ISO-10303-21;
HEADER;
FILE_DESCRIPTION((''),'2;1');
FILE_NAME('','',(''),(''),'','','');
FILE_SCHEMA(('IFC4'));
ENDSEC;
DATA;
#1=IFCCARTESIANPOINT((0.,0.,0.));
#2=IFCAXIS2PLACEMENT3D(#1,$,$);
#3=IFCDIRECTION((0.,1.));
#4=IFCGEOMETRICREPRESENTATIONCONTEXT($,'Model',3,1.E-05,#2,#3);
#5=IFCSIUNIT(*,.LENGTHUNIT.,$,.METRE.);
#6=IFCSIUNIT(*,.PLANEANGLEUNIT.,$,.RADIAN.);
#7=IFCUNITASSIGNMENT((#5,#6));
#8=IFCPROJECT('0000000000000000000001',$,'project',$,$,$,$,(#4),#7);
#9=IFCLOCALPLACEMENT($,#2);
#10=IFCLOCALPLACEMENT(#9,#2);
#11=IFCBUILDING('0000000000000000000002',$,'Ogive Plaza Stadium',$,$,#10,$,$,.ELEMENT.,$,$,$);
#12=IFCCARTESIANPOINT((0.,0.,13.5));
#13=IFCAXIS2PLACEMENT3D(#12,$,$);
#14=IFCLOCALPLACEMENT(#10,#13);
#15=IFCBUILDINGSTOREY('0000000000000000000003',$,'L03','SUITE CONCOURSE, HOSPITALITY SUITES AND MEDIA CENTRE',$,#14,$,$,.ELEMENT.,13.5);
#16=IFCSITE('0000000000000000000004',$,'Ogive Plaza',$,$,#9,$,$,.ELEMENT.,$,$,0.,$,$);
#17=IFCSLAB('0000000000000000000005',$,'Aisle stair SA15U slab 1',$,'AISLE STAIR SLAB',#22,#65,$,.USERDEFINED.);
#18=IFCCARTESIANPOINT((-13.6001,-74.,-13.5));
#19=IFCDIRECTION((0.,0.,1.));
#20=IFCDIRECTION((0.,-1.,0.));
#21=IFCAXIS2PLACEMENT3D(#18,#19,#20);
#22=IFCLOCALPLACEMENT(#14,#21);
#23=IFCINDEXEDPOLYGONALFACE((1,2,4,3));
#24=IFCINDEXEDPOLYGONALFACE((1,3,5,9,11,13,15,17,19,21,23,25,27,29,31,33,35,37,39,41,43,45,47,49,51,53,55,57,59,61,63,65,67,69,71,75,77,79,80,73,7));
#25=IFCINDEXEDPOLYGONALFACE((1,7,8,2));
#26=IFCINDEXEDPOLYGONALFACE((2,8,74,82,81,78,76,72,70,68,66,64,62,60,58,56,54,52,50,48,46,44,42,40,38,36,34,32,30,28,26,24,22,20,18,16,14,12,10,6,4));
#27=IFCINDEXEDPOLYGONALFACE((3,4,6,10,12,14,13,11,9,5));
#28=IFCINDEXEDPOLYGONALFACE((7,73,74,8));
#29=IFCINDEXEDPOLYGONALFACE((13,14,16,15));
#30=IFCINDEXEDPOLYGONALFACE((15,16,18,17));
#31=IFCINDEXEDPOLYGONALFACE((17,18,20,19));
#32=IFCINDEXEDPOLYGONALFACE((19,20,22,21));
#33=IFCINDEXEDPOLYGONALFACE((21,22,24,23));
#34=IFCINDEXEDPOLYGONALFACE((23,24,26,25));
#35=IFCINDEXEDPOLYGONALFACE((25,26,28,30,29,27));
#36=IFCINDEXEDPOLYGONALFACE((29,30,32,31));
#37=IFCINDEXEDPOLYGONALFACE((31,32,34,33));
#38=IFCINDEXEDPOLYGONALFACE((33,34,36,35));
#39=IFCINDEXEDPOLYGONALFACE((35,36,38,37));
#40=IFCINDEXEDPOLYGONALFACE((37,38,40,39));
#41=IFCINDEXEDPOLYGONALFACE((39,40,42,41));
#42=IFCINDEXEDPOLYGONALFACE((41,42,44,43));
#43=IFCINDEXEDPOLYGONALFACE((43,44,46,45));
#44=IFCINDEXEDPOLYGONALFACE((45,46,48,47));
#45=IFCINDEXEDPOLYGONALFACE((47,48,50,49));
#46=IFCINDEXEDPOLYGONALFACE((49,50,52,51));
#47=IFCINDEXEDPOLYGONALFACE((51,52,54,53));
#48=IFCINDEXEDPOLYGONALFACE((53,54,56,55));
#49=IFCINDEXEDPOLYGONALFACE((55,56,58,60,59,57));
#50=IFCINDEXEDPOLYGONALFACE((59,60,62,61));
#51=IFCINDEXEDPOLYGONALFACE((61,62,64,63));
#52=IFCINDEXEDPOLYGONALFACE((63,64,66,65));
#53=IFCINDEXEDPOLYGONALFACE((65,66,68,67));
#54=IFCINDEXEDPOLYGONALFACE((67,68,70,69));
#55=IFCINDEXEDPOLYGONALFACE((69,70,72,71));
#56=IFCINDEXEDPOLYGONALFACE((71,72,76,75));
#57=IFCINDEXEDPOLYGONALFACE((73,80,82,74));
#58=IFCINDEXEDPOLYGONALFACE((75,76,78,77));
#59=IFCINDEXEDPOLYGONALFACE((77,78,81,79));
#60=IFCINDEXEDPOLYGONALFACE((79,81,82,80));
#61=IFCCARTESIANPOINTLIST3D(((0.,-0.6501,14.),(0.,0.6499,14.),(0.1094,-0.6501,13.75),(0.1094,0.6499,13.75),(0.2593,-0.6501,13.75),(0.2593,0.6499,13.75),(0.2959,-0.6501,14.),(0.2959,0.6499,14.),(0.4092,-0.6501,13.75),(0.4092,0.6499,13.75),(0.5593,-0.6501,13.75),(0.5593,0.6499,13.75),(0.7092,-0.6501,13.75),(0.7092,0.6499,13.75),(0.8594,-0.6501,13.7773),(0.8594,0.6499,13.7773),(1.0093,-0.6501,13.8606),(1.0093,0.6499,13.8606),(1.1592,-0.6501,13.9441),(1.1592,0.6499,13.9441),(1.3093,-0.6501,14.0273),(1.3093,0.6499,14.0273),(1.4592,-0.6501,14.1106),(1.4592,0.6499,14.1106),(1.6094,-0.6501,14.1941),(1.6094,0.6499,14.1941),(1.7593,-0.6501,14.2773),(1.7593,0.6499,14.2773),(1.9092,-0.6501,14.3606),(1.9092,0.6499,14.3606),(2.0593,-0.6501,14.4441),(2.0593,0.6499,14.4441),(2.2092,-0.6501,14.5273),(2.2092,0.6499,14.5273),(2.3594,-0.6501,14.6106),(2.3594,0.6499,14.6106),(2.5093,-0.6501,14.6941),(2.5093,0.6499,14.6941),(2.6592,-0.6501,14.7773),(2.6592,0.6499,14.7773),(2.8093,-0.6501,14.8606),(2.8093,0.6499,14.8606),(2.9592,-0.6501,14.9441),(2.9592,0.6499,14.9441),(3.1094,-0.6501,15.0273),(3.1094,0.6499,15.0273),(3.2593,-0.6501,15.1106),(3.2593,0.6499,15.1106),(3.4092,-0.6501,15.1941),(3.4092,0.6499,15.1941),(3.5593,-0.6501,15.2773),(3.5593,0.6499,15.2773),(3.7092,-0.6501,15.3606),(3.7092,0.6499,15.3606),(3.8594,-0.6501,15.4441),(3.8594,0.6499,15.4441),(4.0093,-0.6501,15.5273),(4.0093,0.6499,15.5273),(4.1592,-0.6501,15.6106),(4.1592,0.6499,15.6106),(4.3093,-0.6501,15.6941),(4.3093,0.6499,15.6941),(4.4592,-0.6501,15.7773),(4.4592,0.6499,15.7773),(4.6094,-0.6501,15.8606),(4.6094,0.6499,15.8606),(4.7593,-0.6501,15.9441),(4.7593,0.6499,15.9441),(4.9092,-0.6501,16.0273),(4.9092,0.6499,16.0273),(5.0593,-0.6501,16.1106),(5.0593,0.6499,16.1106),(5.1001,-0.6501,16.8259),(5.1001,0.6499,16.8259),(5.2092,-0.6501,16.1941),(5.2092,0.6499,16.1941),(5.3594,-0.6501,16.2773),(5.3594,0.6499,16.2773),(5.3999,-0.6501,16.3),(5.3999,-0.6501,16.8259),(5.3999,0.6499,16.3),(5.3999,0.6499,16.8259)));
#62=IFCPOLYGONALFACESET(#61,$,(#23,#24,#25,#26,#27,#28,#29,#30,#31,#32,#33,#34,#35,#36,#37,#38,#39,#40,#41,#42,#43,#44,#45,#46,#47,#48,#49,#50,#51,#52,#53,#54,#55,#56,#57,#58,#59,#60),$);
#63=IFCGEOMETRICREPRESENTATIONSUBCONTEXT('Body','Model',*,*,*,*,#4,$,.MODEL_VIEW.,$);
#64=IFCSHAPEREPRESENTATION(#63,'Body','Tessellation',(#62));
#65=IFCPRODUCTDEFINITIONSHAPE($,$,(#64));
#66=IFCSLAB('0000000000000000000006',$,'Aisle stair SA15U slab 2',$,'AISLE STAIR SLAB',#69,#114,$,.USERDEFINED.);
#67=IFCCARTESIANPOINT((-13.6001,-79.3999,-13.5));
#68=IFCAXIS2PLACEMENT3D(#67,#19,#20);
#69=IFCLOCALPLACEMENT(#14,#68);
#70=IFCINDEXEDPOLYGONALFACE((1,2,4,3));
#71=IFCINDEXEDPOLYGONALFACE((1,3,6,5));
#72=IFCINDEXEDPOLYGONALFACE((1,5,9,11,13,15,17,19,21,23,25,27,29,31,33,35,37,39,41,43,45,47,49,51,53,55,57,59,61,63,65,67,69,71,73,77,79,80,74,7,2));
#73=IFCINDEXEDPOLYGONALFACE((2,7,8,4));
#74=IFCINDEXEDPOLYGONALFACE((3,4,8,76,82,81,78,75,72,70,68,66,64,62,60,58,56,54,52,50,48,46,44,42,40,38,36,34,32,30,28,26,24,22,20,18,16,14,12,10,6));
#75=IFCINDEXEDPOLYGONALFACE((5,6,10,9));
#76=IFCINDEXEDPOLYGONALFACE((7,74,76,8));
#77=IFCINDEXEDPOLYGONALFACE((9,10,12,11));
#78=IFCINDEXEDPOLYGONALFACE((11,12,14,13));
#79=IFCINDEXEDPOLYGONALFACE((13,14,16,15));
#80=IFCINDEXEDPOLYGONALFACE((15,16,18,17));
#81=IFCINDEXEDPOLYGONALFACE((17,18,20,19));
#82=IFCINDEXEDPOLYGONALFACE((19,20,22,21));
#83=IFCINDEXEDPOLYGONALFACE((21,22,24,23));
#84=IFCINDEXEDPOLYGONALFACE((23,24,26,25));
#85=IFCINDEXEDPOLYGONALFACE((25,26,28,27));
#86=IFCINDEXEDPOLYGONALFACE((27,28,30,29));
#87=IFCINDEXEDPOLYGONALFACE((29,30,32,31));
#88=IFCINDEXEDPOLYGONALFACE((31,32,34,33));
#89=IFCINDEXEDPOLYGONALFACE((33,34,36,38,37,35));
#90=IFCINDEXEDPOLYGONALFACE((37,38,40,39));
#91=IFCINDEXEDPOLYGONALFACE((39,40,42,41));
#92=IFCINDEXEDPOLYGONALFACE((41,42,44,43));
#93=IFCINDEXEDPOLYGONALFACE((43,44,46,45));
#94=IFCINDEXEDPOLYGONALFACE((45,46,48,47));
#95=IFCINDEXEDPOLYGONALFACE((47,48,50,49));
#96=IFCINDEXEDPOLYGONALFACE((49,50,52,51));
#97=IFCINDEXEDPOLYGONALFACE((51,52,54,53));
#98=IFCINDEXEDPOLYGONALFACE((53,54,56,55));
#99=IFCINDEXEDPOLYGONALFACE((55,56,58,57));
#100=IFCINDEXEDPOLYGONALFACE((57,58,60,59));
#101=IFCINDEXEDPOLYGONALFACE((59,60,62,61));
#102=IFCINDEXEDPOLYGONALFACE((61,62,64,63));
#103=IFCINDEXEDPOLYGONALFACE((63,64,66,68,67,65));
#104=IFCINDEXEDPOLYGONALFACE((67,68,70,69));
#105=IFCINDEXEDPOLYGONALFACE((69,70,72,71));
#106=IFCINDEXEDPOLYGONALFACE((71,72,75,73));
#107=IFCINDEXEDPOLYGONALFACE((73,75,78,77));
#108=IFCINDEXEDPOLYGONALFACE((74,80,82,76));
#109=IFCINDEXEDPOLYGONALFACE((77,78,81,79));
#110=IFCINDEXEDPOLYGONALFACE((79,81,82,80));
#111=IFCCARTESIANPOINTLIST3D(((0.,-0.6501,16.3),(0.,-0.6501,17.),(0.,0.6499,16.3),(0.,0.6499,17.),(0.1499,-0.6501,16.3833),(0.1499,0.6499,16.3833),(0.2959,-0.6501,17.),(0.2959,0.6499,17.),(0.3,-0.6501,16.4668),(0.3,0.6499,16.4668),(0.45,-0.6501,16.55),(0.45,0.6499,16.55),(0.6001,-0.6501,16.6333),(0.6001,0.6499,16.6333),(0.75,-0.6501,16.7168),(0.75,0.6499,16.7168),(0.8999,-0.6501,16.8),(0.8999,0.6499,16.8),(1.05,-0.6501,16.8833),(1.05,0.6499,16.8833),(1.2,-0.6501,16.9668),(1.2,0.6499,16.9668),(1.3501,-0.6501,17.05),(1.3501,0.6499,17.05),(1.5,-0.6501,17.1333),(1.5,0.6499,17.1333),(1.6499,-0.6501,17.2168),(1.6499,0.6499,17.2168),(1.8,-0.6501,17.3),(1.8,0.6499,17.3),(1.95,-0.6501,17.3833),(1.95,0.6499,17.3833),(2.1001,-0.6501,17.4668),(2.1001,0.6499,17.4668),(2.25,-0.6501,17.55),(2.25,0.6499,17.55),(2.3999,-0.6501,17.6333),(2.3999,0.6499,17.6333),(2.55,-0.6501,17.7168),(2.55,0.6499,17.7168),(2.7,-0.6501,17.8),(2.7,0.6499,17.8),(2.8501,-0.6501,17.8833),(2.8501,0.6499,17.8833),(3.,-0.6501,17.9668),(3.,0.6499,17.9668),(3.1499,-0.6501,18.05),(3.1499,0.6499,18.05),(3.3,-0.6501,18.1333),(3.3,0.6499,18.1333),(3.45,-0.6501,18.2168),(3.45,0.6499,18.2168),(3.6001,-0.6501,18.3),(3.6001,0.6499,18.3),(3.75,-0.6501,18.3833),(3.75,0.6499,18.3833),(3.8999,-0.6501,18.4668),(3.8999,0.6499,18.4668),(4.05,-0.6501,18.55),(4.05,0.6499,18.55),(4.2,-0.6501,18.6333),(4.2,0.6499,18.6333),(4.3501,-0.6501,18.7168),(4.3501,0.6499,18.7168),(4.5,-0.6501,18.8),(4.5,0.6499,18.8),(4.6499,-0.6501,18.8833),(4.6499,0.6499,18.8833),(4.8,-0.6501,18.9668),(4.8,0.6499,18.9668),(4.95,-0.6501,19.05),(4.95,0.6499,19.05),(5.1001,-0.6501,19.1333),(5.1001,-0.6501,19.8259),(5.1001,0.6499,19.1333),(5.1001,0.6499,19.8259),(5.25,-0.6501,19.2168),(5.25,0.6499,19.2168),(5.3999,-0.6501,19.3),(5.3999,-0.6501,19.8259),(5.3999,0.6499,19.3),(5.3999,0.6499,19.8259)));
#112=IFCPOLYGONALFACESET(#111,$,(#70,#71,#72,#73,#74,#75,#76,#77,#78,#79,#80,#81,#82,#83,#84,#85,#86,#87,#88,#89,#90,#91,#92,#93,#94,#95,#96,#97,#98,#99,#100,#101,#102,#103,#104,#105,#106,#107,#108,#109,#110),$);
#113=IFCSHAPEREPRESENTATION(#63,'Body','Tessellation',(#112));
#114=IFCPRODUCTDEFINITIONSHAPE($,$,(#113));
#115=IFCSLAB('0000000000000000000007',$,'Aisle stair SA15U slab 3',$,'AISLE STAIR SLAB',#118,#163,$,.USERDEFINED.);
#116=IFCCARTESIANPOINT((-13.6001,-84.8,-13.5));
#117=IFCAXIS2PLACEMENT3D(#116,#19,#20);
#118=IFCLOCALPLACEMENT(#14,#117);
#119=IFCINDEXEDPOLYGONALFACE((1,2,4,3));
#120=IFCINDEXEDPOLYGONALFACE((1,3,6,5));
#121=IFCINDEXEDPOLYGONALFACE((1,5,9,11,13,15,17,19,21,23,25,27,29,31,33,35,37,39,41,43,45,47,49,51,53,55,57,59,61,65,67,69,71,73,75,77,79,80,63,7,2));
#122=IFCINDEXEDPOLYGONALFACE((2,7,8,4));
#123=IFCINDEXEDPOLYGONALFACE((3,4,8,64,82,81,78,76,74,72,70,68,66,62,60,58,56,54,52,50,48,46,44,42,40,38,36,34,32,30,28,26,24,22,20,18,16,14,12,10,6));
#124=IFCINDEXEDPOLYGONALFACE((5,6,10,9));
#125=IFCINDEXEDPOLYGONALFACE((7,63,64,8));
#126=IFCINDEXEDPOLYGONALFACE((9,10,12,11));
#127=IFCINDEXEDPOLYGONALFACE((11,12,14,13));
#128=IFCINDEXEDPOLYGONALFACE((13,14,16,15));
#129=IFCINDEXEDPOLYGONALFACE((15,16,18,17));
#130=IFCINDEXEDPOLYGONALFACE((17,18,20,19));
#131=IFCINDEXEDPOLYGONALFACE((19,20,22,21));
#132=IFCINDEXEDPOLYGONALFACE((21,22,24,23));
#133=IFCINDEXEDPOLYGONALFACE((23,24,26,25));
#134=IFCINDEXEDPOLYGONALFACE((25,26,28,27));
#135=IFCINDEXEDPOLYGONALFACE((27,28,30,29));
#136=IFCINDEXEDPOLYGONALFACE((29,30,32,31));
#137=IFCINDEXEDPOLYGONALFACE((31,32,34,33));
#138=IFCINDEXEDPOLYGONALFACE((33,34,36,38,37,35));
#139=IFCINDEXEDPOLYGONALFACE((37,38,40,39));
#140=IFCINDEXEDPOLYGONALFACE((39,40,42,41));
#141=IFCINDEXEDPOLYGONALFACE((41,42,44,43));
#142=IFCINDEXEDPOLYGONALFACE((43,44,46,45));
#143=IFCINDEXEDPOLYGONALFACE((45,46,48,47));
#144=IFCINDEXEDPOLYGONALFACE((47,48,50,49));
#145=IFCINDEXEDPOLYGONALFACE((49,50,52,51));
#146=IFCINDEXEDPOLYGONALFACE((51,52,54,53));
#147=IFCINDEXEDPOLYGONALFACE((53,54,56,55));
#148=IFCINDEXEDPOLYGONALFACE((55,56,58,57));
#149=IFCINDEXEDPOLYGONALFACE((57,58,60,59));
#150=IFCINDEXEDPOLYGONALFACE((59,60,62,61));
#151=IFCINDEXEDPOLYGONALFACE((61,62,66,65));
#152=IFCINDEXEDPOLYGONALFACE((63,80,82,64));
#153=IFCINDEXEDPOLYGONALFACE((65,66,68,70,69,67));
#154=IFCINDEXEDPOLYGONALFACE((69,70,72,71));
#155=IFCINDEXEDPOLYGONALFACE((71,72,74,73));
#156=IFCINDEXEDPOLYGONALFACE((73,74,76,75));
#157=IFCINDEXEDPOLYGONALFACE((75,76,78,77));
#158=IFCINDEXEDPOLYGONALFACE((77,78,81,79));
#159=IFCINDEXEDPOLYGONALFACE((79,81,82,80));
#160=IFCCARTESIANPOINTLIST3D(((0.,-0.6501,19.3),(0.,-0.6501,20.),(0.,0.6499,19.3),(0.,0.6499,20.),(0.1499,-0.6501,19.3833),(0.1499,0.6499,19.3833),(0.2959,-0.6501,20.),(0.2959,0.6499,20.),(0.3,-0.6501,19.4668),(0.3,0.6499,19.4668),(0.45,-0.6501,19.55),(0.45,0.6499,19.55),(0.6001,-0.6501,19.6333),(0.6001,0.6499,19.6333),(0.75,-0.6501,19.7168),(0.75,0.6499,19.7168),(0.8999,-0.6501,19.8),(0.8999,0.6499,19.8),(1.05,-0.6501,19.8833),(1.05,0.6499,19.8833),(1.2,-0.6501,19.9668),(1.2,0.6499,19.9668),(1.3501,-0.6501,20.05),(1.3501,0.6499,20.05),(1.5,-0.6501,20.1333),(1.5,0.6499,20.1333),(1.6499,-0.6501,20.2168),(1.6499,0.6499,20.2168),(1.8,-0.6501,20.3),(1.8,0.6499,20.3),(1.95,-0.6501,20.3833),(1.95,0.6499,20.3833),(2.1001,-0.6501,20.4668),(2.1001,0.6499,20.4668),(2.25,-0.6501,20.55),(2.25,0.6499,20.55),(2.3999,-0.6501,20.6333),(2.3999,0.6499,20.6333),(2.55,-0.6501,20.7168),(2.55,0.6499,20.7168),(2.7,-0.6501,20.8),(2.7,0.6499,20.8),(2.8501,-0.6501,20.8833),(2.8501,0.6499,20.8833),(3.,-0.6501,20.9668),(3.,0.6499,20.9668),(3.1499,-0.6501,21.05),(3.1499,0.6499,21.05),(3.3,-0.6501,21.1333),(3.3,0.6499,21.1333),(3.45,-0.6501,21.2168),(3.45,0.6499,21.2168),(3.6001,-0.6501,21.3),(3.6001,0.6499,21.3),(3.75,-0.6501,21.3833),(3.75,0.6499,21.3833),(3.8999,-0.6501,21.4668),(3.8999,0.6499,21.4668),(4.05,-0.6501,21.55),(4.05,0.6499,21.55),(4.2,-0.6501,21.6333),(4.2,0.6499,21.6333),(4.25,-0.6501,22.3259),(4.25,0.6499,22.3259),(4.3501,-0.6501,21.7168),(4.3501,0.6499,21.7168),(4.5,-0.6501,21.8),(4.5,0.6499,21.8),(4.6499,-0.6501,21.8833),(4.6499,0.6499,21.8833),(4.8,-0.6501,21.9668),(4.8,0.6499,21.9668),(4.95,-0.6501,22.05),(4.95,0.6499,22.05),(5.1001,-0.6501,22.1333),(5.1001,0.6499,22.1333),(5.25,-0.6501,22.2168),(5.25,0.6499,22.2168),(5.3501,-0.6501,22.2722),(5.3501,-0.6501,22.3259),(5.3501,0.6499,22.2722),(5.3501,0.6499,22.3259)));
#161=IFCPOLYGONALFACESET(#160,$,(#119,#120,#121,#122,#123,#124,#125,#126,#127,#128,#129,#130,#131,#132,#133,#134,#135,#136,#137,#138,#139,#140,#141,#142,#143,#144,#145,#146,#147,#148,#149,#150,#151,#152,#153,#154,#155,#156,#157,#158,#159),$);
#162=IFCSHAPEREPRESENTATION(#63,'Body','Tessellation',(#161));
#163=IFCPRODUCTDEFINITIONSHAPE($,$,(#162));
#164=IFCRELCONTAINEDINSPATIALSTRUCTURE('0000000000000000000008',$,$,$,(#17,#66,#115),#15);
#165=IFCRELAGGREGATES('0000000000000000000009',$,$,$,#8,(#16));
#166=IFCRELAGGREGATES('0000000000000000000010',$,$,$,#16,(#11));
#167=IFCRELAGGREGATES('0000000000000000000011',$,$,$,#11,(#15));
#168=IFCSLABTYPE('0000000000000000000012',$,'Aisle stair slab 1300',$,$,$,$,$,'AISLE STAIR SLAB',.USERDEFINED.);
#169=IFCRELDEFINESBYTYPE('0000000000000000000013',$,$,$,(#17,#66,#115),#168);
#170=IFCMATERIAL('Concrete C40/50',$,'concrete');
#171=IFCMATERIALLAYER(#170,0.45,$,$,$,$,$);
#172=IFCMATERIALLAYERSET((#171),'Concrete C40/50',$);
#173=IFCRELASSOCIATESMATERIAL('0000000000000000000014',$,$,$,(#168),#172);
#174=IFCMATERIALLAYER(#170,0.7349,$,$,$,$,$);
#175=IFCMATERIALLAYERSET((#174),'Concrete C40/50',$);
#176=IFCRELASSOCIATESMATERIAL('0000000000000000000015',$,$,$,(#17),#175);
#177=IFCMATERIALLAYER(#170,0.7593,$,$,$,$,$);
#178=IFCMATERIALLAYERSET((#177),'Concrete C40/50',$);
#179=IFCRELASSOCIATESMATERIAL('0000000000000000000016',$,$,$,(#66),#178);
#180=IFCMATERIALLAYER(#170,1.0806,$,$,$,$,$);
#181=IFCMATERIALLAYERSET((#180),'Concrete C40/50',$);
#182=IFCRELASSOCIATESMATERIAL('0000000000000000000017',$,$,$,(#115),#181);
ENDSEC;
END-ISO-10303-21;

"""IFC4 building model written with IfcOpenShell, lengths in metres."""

from ifc_helpers import new_model, si_unit, direction, frame, origin, place, context, subcontext, project, spatial, polyline, outline, extrude, material, layer, layer_set, type_object, element, save


model = new_model("IFC4")

# Units and contexts
model_context = context("Model", 3, precision=1e-05, world=origin(), true_north=direction((0.0, 1.0)))
body_context = subcontext(model_context, "Body", "Model", "MODEL_VIEW")
ifc_project = project(units=[si_unit("LENGTHUNIT", "METRE"), si_unit("PLANEANGLEUNIT", "RADIAN")], contexts=[model_context])

# Site, building, storey
site_placement = place(None, origin())
site = spatial("IfcSite", under=ifc_project, at=site_placement, Name="Ogive Plaza", CompositionType="ELEMENT", RefElevation=0.0)
building_placement = place(site_placement, origin())
building = spatial("IfcBuilding", under=site, at=building_placement, Name="Ogive Plaza Stadium", CompositionType="ELEMENT")
storey_placement = place(building_placement, frame((0.0, 0.0, 13.5)))
storey = spatial("IfcBuildingStorey", under=building, at=storey_placement, Name="L03", Description="SUITE CONCOURSE, HOSPITALITY SUITES AND MEDIA CENTRE", CompositionType="ELEMENT", Elevation=13.5)

# Slabs
ifc_material_1 = material(Name="Concrete C40/50", Category="concrete")
ifc_layer_1 = layer(ifc_material_1, 0.7349)
ifc_layer_set_1 = layer_set([ifc_layer_1], Name="Concrete C40/50")
ifc_layer_2 = layer(ifc_material_1, 0.45)
ifc_layer_set_2 = layer_set([ifc_layer_2], Name="Concrete C40/50")
slab_type = type_object("IfcSlabType", Name="Aisle stair slab 1300", ElementType="AISLE STAIR SLAB", PredefinedType="USERDEFINED", material=ifc_layer_set_2)
slab_1_placement = place(storey_placement, frame((-13.6001, -74.0, -13.5), z_axis=(0.0, 0.0, 1.0), x_axis=(0.0, -1.0, 0.0)))
element("IfcSlab", 1, at=slab_1_placement, inside=storey, type_object=slab_type, material=ifc_layer_set_1, Name="Aisle stair SA15U slab 1", ObjectType="AISLE STAIR SLAB", PredefinedType="USERDEFINED", context=body_context, shape_type="SweptSolid", body=[
    extrude(outline(polyline([(0.0, 14.0), (0.2959, 14.0), (5.1001, 16.8259), (5.3999, 16.8259), (5.3999, 16.3), (5.3594, 16.2773), (5.2092, 16.1941), (5.0593, 16.1106), (4.9092, 16.0273), (4.7593, 15.9441), (4.6094, 15.8606), (4.4592, 15.7773), (4.3093, 15.6941), (4.1592, 15.6106), (4.0093, 15.5273), (3.8594, 15.4441), (3.7092, 15.3606), (3.5593, 15.2773), (3.4092, 15.1941), (3.2593, 15.1106), (3.1094, 15.0273), (2.9592, 14.9441), (2.8093, 14.8606), (2.6592, 14.7773), (2.5093, 14.6941), (2.3594, 14.6106), (2.2092, 14.5273), (2.0593, 14.4441), (1.9092, 14.3606), (1.7593, 14.2773), (1.6094, 14.1941), (1.4592, 14.1106), (1.3093, 14.0273), (1.1592, 13.9441), (1.0093, 13.8606), (0.8594, 13.7773), (0.7092, 13.75), (0.5593, 13.75), (0.4092, 13.75), (0.2593, 13.75), (0.1094, 13.75), (0.0, 14.0)])), frame((0.0, 0.6499, 0.0), z_axis=(0.0, -1.0, 0.0), x_axis=(1.0, 0.0, 0.0)), (0.0, 0.0, 1.0), 1.3),
])
ifc_layer_3 = layer(ifc_material_1, 0.7593)
ifc_layer_set_3 = layer_set([ifc_layer_3], Name="Concrete C40/50")
slab_2_placement = place(storey_placement, frame((-13.6001, -79.3999, -13.5), z_axis=(0.0, 0.0, 1.0), x_axis=(0.0, -1.0, 0.0)))
element("IfcSlab", 2, at=slab_2_placement, inside=storey, type_object=slab_type, material=ifc_layer_set_3, Name="Aisle stair SA15U slab 2", ObjectType="AISLE STAIR SLAB", PredefinedType="USERDEFINED", context=body_context, shape_type="SweptSolid", body=[
    extrude(outline(polyline([(0.0, 17.0), (0.2959, 17.0), (5.1001, 19.8259), (5.3999, 19.8259), (5.3999, 19.3), (5.25, 19.2168), (5.1001, 19.1333), (4.95, 19.05), (4.8, 18.9668), (4.6499, 18.8833), (4.5, 18.8), (4.3501, 18.7168), (4.2, 18.6333), (4.05, 18.55), (3.8999, 18.4668), (3.75, 18.3833), (3.6001, 18.3), (3.45, 18.2168), (3.3, 18.1333), (3.1499, 18.05), (3.0, 17.9668), (2.8501, 17.8833), (2.7, 17.8), (2.55, 17.7168), (2.3999, 17.6333), (2.25, 17.55), (2.1001, 17.4668), (1.95, 17.3833), (1.8, 17.3), (1.6499, 17.2168), (1.5, 17.1333), (1.3501, 17.05), (1.2, 16.9668), (1.05, 16.8833), (0.8999, 16.8), (0.75, 16.7168), (0.6001, 16.6333), (0.45, 16.55), (0.3, 16.4668), (0.1499, 16.3833), (0.0, 16.3), (0.0, 17.0)])), frame((0.0, 0.6499, 0.0), z_axis=(0.0, -1.0, 0.0), x_axis=(1.0, 0.0, 0.0)), (0.0, 0.0, 1.0), 1.3),
])
ifc_layer_4 = layer(ifc_material_1, 1.0806)
ifc_layer_set_4 = layer_set([ifc_layer_4], Name="Concrete C40/50")
slab_3_placement = place(storey_placement, frame((-13.6001, -84.8, -13.5), z_axis=(0.0, 0.0, 1.0), x_axis=(0.0, -1.0, 0.0)))
element("IfcSlab", 3, at=slab_3_placement, inside=storey, type_object=slab_type, material=ifc_layer_set_4, Name="Aisle stair SA15U slab 3", ObjectType="AISLE STAIR SLAB", PredefinedType="USERDEFINED", context=body_context, shape_type="SweptSolid", body=[
    extrude(outline(polyline([(0.0, 20.0), (0.2959, 20.0), (4.25, 22.3259), (5.3501, 22.3259), (5.3501, 22.2722), (5.25, 22.2168), (5.1001, 22.1333), (4.95, 22.05), (4.8, 21.9668), (4.6499, 21.8833), (4.5, 21.8), (4.3501, 21.7168), (4.2, 21.6333), (4.05, 21.55), (3.8999, 21.4668), (3.75, 21.3833), (3.6001, 21.3), (3.45, 21.2168), (3.3, 21.1333), (3.1499, 21.05), (3.0, 20.9668), (2.8501, 20.8833), (2.7, 20.8), (2.55, 20.7168), (2.3999, 20.6333), (2.25, 20.55), (2.1001, 20.4668), (1.95, 20.3833), (1.8, 20.3), (1.6499, 20.2168), (1.5, 20.1333), (1.3501, 20.05), (1.2, 19.9668), (1.05, 19.8833), (0.8999, 19.8), (0.75, 19.7168), (0.6001, 19.6333), (0.45, 19.55), (0.3, 19.4668), (0.1499, 19.3833), (0.0, 19.3), (0.0, 20.0)])), frame((0.0, 0.6499, 0.0), z_axis=(0.0, -1.0, 0.0), x_axis=(1.0, 0.0, 0.0)), (0.0, 0.0, 1.0), 1.3),
])

save(model, "model.ifc")
